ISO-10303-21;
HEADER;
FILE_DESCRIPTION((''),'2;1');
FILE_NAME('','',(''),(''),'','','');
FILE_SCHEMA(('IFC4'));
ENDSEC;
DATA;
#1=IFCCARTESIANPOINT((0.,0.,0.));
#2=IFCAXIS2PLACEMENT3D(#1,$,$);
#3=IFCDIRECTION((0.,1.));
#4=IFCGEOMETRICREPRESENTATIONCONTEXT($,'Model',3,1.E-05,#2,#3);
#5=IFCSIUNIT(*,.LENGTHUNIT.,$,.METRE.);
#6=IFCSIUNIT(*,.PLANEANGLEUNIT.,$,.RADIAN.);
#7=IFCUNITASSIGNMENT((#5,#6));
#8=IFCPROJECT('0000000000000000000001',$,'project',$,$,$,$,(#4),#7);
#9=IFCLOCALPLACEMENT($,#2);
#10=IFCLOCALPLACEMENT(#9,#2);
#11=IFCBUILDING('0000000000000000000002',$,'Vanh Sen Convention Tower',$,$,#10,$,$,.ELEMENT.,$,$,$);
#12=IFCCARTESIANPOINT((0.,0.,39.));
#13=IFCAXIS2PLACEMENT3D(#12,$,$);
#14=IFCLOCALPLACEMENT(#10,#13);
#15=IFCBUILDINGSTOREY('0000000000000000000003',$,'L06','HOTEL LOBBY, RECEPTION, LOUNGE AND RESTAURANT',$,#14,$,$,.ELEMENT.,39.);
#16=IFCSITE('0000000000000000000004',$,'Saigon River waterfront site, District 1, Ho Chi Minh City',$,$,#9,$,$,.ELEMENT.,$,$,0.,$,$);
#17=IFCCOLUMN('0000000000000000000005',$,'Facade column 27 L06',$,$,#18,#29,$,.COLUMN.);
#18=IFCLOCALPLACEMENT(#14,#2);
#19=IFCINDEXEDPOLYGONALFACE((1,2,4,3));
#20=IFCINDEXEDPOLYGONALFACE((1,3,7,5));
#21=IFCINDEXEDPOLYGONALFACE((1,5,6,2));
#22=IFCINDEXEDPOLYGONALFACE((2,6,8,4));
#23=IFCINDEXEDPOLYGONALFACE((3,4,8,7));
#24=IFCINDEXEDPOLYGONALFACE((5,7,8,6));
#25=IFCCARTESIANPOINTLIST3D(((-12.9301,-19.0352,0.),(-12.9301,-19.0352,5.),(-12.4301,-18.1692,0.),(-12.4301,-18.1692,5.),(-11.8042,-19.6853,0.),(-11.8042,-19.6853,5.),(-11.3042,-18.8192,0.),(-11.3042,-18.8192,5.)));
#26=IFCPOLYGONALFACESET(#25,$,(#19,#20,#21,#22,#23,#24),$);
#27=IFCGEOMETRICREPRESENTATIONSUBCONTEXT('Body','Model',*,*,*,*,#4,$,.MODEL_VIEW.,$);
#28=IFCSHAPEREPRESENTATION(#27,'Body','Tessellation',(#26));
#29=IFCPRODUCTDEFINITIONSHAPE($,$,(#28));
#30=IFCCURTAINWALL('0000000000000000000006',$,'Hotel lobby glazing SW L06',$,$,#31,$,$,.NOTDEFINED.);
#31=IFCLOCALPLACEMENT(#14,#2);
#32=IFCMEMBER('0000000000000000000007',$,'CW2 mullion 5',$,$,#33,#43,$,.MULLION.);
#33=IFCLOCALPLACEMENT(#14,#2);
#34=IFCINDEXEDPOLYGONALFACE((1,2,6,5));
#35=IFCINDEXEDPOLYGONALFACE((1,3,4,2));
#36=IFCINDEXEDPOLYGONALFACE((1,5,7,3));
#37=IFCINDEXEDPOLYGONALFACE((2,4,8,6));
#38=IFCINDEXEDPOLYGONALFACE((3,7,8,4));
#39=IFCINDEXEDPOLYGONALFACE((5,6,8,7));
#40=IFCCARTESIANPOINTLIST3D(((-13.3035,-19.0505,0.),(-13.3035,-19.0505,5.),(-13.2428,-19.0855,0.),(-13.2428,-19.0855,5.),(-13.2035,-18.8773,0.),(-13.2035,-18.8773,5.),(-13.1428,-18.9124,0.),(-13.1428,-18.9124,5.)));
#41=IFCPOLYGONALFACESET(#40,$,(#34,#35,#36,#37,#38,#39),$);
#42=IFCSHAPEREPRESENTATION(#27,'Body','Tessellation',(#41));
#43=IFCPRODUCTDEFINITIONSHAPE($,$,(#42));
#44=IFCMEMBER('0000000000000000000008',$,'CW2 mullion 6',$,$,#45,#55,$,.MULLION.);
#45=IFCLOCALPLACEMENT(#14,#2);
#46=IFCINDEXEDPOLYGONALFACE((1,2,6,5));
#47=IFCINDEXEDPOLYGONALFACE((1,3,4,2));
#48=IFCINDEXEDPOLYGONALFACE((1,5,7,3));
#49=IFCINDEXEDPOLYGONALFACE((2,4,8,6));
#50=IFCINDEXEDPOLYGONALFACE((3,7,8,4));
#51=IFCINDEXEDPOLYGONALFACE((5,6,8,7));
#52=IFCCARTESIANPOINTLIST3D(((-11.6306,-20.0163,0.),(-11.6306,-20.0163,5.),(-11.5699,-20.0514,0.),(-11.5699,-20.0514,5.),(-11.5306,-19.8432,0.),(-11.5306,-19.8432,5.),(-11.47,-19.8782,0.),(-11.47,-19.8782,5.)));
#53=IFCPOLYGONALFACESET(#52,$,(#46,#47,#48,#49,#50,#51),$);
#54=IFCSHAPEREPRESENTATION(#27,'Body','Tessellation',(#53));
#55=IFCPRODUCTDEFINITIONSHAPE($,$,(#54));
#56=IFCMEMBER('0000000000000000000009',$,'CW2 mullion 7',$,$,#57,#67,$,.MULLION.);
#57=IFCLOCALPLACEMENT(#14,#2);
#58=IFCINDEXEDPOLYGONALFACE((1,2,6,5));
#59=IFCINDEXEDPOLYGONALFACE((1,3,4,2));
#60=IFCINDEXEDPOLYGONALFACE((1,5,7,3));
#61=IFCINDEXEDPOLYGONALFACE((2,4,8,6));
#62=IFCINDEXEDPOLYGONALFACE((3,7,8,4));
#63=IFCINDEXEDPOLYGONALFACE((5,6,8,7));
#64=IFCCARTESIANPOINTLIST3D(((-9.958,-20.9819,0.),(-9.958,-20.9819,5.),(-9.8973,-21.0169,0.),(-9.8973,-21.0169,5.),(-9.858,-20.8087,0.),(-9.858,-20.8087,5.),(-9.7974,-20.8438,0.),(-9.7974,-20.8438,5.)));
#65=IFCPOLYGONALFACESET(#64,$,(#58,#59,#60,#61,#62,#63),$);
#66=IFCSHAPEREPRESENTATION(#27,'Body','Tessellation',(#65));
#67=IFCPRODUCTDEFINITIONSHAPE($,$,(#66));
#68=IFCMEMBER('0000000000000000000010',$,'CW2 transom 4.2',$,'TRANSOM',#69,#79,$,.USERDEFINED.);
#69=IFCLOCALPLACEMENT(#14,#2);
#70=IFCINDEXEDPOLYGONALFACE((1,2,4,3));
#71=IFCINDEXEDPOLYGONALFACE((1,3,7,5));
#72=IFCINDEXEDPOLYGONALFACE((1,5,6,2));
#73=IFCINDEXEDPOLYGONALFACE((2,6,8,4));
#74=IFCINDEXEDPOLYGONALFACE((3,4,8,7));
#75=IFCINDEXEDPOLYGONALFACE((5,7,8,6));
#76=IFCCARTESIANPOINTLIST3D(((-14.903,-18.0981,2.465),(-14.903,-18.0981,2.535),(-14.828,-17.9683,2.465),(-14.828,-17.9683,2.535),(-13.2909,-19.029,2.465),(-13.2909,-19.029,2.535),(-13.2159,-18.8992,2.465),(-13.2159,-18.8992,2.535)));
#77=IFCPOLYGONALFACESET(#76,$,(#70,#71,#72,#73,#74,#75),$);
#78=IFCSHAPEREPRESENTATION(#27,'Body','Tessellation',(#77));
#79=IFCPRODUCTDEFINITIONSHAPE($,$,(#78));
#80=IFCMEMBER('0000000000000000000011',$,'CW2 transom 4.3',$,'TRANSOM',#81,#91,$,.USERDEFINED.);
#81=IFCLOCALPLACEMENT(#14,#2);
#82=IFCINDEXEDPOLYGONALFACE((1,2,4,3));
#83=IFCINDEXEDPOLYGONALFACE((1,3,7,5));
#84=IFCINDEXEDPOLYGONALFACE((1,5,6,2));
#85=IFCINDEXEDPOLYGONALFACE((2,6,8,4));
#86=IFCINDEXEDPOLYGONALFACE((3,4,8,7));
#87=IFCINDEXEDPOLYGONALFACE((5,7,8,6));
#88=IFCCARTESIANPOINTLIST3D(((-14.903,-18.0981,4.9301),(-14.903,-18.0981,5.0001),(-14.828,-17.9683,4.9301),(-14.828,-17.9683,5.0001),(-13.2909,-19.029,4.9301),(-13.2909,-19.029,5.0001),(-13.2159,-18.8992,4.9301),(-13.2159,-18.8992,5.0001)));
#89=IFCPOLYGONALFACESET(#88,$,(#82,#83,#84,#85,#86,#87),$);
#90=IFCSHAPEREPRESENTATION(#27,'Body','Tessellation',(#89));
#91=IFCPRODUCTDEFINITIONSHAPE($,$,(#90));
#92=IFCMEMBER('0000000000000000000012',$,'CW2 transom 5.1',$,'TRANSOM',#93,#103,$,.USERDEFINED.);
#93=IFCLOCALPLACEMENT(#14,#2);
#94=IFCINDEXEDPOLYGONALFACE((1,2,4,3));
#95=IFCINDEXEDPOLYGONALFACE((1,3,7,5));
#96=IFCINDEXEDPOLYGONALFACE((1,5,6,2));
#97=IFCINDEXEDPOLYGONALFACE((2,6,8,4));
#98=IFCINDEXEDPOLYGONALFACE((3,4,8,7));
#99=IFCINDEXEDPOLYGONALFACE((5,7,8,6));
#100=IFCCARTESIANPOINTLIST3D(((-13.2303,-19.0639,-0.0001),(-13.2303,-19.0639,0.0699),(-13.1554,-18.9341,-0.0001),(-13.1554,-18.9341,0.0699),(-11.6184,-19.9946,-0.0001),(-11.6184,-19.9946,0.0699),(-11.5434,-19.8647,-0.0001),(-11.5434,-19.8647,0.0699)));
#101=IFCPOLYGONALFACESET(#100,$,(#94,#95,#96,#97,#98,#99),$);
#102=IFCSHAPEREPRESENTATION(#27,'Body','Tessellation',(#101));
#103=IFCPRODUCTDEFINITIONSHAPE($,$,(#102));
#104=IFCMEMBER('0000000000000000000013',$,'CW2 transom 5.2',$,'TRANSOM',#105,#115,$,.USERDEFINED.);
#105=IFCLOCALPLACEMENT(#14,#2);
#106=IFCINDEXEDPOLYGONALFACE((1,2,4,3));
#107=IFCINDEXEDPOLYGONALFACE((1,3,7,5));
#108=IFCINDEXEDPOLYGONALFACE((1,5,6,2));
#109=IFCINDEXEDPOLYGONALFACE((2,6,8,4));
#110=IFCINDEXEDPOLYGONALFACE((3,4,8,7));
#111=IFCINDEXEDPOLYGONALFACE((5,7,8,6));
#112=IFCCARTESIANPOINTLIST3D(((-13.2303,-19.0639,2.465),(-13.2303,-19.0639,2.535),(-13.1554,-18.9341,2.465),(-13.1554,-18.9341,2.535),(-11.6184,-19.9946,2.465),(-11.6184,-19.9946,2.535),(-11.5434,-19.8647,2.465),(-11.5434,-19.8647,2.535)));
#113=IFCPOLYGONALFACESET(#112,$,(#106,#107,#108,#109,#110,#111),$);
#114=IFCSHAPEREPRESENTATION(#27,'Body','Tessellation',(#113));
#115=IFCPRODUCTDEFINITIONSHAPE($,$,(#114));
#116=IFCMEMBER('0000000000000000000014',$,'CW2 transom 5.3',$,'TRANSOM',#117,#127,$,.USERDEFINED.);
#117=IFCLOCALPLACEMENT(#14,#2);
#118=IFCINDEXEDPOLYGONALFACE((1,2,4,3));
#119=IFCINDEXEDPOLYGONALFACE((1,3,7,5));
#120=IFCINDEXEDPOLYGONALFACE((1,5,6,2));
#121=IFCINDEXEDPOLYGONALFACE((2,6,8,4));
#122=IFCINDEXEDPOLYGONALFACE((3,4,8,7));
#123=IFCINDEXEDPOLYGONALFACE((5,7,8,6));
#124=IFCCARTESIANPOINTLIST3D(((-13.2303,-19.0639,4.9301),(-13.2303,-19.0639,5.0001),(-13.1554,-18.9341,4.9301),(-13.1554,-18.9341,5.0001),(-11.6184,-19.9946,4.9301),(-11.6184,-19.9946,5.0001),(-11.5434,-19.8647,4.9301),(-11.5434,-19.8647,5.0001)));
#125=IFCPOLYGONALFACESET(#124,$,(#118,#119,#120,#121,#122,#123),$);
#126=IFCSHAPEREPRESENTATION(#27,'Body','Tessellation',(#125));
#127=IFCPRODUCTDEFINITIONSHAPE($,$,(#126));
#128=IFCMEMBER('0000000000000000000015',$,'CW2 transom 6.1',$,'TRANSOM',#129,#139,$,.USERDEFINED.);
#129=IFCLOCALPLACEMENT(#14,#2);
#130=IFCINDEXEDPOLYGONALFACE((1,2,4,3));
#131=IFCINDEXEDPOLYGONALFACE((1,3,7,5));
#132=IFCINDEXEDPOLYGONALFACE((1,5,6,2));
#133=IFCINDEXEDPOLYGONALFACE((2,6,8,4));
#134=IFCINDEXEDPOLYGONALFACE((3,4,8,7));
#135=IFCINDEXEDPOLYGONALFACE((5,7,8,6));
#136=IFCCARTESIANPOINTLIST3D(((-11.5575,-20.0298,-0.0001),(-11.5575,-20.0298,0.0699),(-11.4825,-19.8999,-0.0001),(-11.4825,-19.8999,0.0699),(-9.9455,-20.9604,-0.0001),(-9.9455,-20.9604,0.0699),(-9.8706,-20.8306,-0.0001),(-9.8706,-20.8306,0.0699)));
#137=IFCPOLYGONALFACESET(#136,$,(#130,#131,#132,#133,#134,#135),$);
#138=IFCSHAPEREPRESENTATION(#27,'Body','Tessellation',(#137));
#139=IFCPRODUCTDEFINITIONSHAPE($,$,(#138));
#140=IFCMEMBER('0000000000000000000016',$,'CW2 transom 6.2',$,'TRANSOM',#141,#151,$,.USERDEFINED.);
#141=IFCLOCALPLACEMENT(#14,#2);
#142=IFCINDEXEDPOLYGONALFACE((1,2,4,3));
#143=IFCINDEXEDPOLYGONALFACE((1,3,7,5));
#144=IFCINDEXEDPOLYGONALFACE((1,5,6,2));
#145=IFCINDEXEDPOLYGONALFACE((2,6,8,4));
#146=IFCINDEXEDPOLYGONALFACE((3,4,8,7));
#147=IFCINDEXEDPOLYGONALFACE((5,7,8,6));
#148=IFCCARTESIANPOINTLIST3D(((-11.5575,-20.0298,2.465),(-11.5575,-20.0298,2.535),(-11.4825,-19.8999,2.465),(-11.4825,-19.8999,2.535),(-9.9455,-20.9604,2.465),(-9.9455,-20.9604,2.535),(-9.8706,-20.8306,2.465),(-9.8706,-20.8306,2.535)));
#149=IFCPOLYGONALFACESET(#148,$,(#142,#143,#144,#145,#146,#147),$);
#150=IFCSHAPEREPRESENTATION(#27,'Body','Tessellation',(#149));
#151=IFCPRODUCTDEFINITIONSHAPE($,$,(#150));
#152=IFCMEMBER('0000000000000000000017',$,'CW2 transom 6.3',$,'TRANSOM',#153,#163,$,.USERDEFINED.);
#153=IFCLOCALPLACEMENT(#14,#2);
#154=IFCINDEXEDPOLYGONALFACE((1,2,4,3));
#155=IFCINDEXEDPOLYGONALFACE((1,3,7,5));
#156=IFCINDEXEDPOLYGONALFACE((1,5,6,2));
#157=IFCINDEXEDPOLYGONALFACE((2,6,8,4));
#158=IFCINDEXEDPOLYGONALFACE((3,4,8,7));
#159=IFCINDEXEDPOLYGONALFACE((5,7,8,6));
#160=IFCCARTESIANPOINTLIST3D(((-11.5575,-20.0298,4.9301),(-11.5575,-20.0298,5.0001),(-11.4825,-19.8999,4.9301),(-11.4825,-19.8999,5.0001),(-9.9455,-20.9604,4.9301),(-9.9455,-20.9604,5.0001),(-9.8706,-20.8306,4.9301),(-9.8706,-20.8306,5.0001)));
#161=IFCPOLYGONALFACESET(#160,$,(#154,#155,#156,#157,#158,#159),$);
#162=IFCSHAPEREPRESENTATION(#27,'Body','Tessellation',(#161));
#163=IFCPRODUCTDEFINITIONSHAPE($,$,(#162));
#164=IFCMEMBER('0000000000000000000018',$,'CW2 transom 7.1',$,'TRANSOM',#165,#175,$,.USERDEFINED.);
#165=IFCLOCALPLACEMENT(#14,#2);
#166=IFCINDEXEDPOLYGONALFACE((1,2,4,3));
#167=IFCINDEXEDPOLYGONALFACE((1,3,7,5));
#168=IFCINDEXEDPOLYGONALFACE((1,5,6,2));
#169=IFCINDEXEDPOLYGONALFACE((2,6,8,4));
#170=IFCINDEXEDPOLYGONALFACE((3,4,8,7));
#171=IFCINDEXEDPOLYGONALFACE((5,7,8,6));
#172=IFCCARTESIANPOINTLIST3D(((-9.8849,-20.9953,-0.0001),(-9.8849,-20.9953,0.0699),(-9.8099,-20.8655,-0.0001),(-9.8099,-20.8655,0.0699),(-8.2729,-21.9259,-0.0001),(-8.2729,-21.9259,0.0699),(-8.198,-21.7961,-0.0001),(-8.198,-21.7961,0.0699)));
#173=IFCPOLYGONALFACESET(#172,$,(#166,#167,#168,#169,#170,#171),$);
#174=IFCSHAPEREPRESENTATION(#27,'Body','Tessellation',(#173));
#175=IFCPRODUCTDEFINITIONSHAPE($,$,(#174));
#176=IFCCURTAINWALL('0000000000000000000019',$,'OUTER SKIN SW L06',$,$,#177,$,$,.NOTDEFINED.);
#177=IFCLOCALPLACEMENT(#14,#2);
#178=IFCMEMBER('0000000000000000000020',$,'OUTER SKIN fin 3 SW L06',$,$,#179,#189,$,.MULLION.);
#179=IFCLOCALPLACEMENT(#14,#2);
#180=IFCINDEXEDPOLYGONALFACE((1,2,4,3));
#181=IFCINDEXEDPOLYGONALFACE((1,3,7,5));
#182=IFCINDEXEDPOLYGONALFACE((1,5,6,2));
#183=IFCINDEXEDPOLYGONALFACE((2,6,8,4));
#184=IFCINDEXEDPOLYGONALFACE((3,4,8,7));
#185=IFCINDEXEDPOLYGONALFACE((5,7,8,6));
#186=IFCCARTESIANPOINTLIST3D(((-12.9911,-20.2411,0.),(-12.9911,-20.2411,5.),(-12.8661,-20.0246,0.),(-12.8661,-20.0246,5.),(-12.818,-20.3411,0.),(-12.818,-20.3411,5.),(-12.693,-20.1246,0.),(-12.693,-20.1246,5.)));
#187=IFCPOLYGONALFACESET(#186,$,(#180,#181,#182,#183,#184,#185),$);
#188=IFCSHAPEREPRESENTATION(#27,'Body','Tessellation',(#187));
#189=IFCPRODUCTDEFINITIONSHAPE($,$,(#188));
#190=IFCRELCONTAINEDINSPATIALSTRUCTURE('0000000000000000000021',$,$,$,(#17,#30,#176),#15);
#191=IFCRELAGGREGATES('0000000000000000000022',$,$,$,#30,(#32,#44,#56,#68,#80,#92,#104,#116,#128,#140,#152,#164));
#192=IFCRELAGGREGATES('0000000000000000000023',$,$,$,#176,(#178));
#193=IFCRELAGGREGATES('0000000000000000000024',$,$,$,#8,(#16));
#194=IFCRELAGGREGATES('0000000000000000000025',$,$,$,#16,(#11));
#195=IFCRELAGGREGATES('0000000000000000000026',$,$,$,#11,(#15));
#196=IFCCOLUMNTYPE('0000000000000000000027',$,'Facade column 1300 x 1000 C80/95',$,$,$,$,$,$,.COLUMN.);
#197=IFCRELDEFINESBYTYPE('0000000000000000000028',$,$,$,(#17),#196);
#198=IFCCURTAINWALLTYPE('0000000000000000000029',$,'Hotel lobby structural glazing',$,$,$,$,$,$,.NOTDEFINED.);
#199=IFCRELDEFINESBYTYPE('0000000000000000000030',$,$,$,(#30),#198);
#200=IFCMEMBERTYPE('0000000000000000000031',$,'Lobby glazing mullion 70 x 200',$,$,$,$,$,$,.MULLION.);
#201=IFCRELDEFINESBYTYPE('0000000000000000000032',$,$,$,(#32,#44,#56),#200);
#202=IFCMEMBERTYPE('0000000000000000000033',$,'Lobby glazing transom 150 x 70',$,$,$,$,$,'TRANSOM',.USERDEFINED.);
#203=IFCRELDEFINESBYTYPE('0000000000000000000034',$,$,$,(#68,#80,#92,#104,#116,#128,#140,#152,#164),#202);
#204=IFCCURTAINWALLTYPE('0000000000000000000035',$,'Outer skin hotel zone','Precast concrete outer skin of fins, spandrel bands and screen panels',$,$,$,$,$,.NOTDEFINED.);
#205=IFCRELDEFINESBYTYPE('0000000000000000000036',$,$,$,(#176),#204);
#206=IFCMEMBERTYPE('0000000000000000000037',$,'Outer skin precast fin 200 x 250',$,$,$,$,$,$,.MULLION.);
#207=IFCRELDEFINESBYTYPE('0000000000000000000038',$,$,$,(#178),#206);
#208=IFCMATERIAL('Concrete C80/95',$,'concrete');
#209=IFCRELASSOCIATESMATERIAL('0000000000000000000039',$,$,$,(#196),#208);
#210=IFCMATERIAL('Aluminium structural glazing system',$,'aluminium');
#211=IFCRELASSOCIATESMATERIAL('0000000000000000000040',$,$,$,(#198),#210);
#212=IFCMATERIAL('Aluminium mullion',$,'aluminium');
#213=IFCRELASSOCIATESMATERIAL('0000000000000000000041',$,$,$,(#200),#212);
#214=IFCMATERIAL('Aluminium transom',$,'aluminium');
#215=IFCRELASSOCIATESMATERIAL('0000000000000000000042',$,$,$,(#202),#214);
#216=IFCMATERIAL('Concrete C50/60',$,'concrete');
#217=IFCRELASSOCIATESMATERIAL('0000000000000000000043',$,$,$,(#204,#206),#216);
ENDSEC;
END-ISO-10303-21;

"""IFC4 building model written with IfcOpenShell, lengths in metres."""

from ifc_helpers import new_model, si_unit, direction, frame, origin, origin_2d, place, context, subcontext, project, spatial, rectangle, extrude, material, material_profile, profile_set, type_object, element, aggregate, save


model = new_model("IFC4")

# Units and contexts
model_context = context("Model", 3, precision=1e-05, world=origin(), true_north=direction((0.0, 1.0)))
body_context = subcontext(model_context, "Body", "Model", "MODEL_VIEW")
ifc_project = project(units=[si_unit("LENGTHUNIT", "METRE"), si_unit("PLANEANGLEUNIT", "RADIAN")], contexts=[model_context])

# Site, building, storey
site_placement = place(None, origin())
site = spatial("IfcSite", under=ifc_project, at=site_placement, Name="Saigon River waterfront site, District 1, Ho Chi Minh City", CompositionType="ELEMENT", RefElevation=0.0)
building_placement = place(site_placement, origin())
building = spatial("IfcBuilding", under=site, at=building_placement, Name="Vanh Sen Convention Tower", CompositionType="ELEMENT")
storey_placement = place(building_placement, frame((0.0, 0.0, 39.0)))
storey = spatial("IfcBuildingStorey", under=building, at=storey_placement, Name="L06", Description="HOTEL LOBBY, RECEPTION, LOUNGE AND RESTAURANT", CompositionType="ELEMENT", Elevation=39.0)

# Column
ifc_material_1 = material(Name="Concrete C80/95", Category="concrete")
ifc_material_profile_1 = material_profile(ifc_material_1, rectangle(XDim=1.3, YDim=1.0, at=origin_2d()), Name="RC 1300X1000")
ifc_profile_set_1 = profile_set([ifc_material_profile_1], Name="Concrete C80/95")
column_type = type_object("IfcColumnType", Name="Facade column 1300 x 1000 C80/95", PredefinedType="COLUMN", material=ifc_profile_set_1)
column_placement = place(storey_placement, frame((-12.1172, -18.9272, 0.0), z_axis=(0.0, 0.0, 1.0), x_axis=(0.866025, -0.5, 0.0)))
element("IfcColumn", 1, at=column_placement, inside=storey, type_object=column_type, Name="Facade column 27 L06", PredefinedType="COLUMN", context=body_context, shape_type="SweptSolid", body=[
    extrude(rectangle(XDim=1.3, YDim=1.0, at=origin_2d()), origin(), (0.0, 0.0, 1.0), 5.0),
])

# Curtain wall, members
ifc_material_2 = material(Name="Aluminium structural glazing system", Category="aluminium")
curtain_wall_type_1 = type_object("IfcCurtainWallType", Name="Hotel lobby structural glazing", PredefinedType="NOTDEFINED", material=ifc_material_2)
curtain_wall_1_placement = place(storey_placement, origin())
curtain_wall_1 = element("IfcCurtainWall", 2, at=curtain_wall_1_placement, inside=storey, type_object=curtain_wall_type_1, Name="Hotel lobby glazing SW L06", PredefinedType="NOTDEFINED")
ifc_material_3 = material(Name="Aluminium mullion", Category="aluminium")
ifc_material_profile_2 = material_profile(ifc_material_3, rectangle(XDim=0.2, YDim=0.0701, at=origin_2d()), Name="Lobby glazing mullion 70 x 200")
ifc_profile_set_2 = profile_set([ifc_material_profile_2], Name="Aluminium mullion")
member_type_1 = type_object("IfcMemberType", Name="Lobby glazing mullion 70 x 200", PredefinedType="MULLION", material=ifc_profile_set_2)
member_1_placement = place(storey_placement, frame((-13.2231, -18.9814, 0.0), z_axis=(0.0, 0.0, 1.0), x_axis=(0.499997, 0.866027, 0.0)))
member_1 = element("IfcMember", 3, at=member_1_placement, type_object=member_type_1, Name="CW2 mullion 5", PredefinedType="MULLION", context=body_context, shape_type="SweptSolid", body=[
    extrude(rectangle(XDim=0.2, YDim=0.0701, at=origin_2d()), origin(), (0.0, 0.0, 1.0), 5.0),
])
member_2_placement = place(storey_placement, frame((-11.5503, -19.9473, 0.0), z_axis=(0.0, 0.0, 1.0), x_axis=(0.499997, 0.866027, 0.0)))
member_2 = element("IfcMember", 4, at=member_2_placement, type_object=member_type_1, Name="CW2 mullion 6", PredefinedType="MULLION", context=body_context, shape_type="SweptSolid", body=[
    extrude(rectangle(XDim=0.2, YDim=0.0701, at=origin_2d()), origin(), (0.0, 0.0, 1.0), 5.0),
])
member_3_placement = place(storey_placement, frame((-9.8777, -20.9128, 0.0), z_axis=(0.0, 0.0, 1.0), x_axis=(0.499997, 0.866027, 0.0)))
member_3 = element("IfcMember", 5, at=member_3_placement, type_object=member_type_1, Name="CW2 mullion 7", PredefinedType="MULLION", context=body_context, shape_type="SweptSolid", body=[
    extrude(rectangle(XDim=0.2, YDim=0.0701, at=origin_2d()), origin(), (0.0, 0.0, 1.0), 5.0),
])
ifc_material_4 = material(Name="Aluminium transom", Category="aluminium")
ifc_material_profile_3 = material_profile(ifc_material_4, rectangle(XDim=0.1499, YDim=0.0701, at=origin_2d()), Name="Lobby glazing transom 150 x 70")
ifc_profile_set_3 = profile_set([ifc_material_profile_3], Name="Aluminium transom")
member_type_2 = type_object("IfcMemberType", Name="Lobby glazing transom 150 x 70", ElementType="TRANSOM", PredefinedType="USERDEFINED", material=ifc_profile_set_3)
member_4_placement = place(storey_placement, frame((-14.8655, -18.0332, 2.5), z_axis=(0.865982, -0.500074, 0.0), x_axis=(0.500074, 0.865982, 0.0)))
member_4 = element("IfcMember", 6, at=member_4_placement, type_object=member_type_2, Name="CW2 transom 4.2", ObjectType="TRANSOM", PredefinedType="USERDEFINED", context=body_context, shape_type="SweptSolid", body=[
    extrude(rectangle(XDim=0.1499, YDim=0.0701, at=origin_2d()), origin(), (0.0, 0.0, 1.0), 1.8616),
])
member_5_placement = place(storey_placement, frame((-14.8655, -18.0332, 4.9651), z_axis=(0.865982, -0.500074, 0.0), x_axis=(0.500074, 0.865982, 0.0)))
member_5 = element("IfcMember", 7, at=member_5_placement, type_object=member_type_2, Name="CW2 transom 4.3", ObjectType="TRANSOM", PredefinedType="USERDEFINED", context=body_context, shape_type="SweptSolid", body=[
    extrude(rectangle(XDim=0.1499, YDim=0.0701, at=origin_2d()), origin(), (0.0, 0.0, 1.0), 1.8616),
])
member_6_placement = place(storey_placement, frame((-13.1929, -18.999, 0.0349), z_axis=(0.866039, -0.499976, 0.0), x_axis=(0.499976, 0.866039, 0.0)))
member_6 = element("IfcMember", 8, at=member_6_placement, type_object=member_type_2, Name="CW2 transom 5.1", ObjectType="TRANSOM", PredefinedType="USERDEFINED", context=body_context, shape_type="SweptSolid", body=[
    extrude(rectangle(XDim=0.1499, YDim=0.0701, at=origin_2d()), origin(), (0.0, 0.0, 1.0), 1.8613),
])
member_7_placement = place(storey_placement, frame((-13.1929, -18.999, 2.5), z_axis=(0.866039, -0.499976, 0.0), x_axis=(0.499976, 0.866039, 0.0)))
member_7 = element("IfcMember", 9, at=member_7_placement, type_object=member_type_2, Name="CW2 transom 5.2", ObjectType="TRANSOM", PredefinedType="USERDEFINED", context=body_context, shape_type="SweptSolid", body=[
    extrude(rectangle(XDim=0.1499, YDim=0.0701, at=origin_2d()), origin(), (0.0, 0.0, 1.0), 1.8613),
])
member_8_placement = place(storey_placement, frame((-13.1929, -18.999, 4.9651), z_axis=(0.866039, -0.499976, 0.0), x_axis=(0.499976, 0.866039, 0.0)))
member_8 = element("IfcMember", 10, at=member_8_placement, type_object=member_type_2, Name="CW2 transom 5.3", ObjectType="TRANSOM", PredefinedType="USERDEFINED", context=body_context, shape_type="SweptSolid", body=[
    extrude(rectangle(XDim=0.1499, YDim=0.0701, at=origin_2d()), origin(), (0.0, 0.0, 1.0), 1.8613),
])
member_9_placement = place(storey_placement, frame((-11.52, -19.9648, 0.0349), z_axis=(0.866039, -0.499976, 0.0), x_axis=(0.499976, 0.866039, 0.0)))
member_9 = element("IfcMember", 11, at=member_9_placement, type_object=member_type_2, Name="CW2 transom 6.1", ObjectType="TRANSOM", PredefinedType="USERDEFINED", context=body_context, shape_type="SweptSolid", body=[
    extrude(rectangle(XDim=0.1499, YDim=0.0701, at=origin_2d()), origin(), (0.0, 0.0, 1.0), 1.8613),
])
member_10_placement = place(storey_placement, frame((-11.52, -19.9648, 2.5), z_axis=(0.866039, -0.499976, 0.0), x_axis=(0.499976, 0.866039, 0.0)))
member_10 = element("IfcMember", 12, at=member_10_placement, type_object=member_type_2, Name="CW2 transom 6.2", ObjectType="TRANSOM", PredefinedType="USERDEFINED", context=body_context, shape_type="SweptSolid", body=[
    extrude(rectangle(XDim=0.1499, YDim=0.0701, at=origin_2d()), origin(), (0.0, 0.0, 1.0), 1.8613),
])
member_11_placement = place(storey_placement, frame((-11.52, -19.9648, 4.9651), z_axis=(0.866039, -0.499976, 0.0), x_axis=(0.499976, 0.866039, 0.0)))
member_11 = element("IfcMember", 13, at=member_11_placement, type_object=member_type_2, Name="CW2 transom 6.3", ObjectType="TRANSOM", PredefinedType="USERDEFINED", context=body_context, shape_type="SweptSolid", body=[
    extrude(rectangle(XDim=0.1499, YDim=0.0701, at=origin_2d()), origin(), (0.0, 0.0, 1.0), 1.8613),
])
member_12_placement = place(storey_placement, frame((-9.8474, -20.9304, 0.0349), z_axis=(0.866039, -0.499976, 0.0), x_axis=(0.499976, 0.866039, 0.0)))
member_12 = element("IfcMember", 14, at=member_12_placement, type_object=member_type_2, Name="CW2 transom 7.1", ObjectType="TRANSOM", PredefinedType="USERDEFINED", context=body_context, shape_type="SweptSolid", body=[
    extrude(rectangle(XDim=0.1499, YDim=0.0701, at=origin_2d()), origin(), (0.0, 0.0, 1.0), 1.8613),
])

# Curtain wall, member
ifc_material_5 = material(Name="Concrete C50/60", Category="concrete")
curtain_wall_type_2 = type_object("IfcCurtainWallType", Name="Outer skin hotel zone", Description="Precast concrete outer skin of fins, spandrel bands and screen panels", PredefinedType="NOTDEFINED", material=ifc_material_5)
curtain_wall_2_placement = place(storey_placement, origin())
curtain_wall_2 = element("IfcCurtainWall", 15, at=curtain_wall_2_placement, inside=storey, type_object=curtain_wall_type_2, Name="OUTER SKIN SW L06", PredefinedType="NOTDEFINED")
ifc_material_profile_4 = material_profile(ifc_material_5, rectangle(XDim=0.2, YDim=0.25, at=origin_2d()), Name="Outer skin precast fin 200 x 250")
ifc_profile_set_4 = profile_set([ifc_material_profile_4], Name="Concrete C50/60")
member_type_3 = type_object("IfcMemberType", Name="Outer skin precast fin 200 x 250", PredefinedType="MULLION", material=ifc_profile_set_4)
member_13_placement = place(storey_placement, frame((-12.842, -20.1829, 0.0), z_axis=(0.0, 0.0, 1.0), x_axis=(0.866025, -0.5, 0.0)))
member_13 = element("IfcMember", 16, at=member_13_placement, type_object=member_type_3, Name="OUTER SKIN fin 3 SW L06", PredefinedType="MULLION", context=body_context, shape_type="SweptSolid", body=[
    extrude(rectangle(XDim=0.2, YDim=0.25, at=origin_2d()), origin(), (0.0, 0.0, 1.0), 5.0),
])

aggregate(curtain_wall_1, [member_1, member_2, member_3, member_4, member_5, member_6, member_7, member_8, member_9, member_10, member_11, member_12])
aggregate(curtain_wall_2, [member_13])

save(model, "model.ifc")
